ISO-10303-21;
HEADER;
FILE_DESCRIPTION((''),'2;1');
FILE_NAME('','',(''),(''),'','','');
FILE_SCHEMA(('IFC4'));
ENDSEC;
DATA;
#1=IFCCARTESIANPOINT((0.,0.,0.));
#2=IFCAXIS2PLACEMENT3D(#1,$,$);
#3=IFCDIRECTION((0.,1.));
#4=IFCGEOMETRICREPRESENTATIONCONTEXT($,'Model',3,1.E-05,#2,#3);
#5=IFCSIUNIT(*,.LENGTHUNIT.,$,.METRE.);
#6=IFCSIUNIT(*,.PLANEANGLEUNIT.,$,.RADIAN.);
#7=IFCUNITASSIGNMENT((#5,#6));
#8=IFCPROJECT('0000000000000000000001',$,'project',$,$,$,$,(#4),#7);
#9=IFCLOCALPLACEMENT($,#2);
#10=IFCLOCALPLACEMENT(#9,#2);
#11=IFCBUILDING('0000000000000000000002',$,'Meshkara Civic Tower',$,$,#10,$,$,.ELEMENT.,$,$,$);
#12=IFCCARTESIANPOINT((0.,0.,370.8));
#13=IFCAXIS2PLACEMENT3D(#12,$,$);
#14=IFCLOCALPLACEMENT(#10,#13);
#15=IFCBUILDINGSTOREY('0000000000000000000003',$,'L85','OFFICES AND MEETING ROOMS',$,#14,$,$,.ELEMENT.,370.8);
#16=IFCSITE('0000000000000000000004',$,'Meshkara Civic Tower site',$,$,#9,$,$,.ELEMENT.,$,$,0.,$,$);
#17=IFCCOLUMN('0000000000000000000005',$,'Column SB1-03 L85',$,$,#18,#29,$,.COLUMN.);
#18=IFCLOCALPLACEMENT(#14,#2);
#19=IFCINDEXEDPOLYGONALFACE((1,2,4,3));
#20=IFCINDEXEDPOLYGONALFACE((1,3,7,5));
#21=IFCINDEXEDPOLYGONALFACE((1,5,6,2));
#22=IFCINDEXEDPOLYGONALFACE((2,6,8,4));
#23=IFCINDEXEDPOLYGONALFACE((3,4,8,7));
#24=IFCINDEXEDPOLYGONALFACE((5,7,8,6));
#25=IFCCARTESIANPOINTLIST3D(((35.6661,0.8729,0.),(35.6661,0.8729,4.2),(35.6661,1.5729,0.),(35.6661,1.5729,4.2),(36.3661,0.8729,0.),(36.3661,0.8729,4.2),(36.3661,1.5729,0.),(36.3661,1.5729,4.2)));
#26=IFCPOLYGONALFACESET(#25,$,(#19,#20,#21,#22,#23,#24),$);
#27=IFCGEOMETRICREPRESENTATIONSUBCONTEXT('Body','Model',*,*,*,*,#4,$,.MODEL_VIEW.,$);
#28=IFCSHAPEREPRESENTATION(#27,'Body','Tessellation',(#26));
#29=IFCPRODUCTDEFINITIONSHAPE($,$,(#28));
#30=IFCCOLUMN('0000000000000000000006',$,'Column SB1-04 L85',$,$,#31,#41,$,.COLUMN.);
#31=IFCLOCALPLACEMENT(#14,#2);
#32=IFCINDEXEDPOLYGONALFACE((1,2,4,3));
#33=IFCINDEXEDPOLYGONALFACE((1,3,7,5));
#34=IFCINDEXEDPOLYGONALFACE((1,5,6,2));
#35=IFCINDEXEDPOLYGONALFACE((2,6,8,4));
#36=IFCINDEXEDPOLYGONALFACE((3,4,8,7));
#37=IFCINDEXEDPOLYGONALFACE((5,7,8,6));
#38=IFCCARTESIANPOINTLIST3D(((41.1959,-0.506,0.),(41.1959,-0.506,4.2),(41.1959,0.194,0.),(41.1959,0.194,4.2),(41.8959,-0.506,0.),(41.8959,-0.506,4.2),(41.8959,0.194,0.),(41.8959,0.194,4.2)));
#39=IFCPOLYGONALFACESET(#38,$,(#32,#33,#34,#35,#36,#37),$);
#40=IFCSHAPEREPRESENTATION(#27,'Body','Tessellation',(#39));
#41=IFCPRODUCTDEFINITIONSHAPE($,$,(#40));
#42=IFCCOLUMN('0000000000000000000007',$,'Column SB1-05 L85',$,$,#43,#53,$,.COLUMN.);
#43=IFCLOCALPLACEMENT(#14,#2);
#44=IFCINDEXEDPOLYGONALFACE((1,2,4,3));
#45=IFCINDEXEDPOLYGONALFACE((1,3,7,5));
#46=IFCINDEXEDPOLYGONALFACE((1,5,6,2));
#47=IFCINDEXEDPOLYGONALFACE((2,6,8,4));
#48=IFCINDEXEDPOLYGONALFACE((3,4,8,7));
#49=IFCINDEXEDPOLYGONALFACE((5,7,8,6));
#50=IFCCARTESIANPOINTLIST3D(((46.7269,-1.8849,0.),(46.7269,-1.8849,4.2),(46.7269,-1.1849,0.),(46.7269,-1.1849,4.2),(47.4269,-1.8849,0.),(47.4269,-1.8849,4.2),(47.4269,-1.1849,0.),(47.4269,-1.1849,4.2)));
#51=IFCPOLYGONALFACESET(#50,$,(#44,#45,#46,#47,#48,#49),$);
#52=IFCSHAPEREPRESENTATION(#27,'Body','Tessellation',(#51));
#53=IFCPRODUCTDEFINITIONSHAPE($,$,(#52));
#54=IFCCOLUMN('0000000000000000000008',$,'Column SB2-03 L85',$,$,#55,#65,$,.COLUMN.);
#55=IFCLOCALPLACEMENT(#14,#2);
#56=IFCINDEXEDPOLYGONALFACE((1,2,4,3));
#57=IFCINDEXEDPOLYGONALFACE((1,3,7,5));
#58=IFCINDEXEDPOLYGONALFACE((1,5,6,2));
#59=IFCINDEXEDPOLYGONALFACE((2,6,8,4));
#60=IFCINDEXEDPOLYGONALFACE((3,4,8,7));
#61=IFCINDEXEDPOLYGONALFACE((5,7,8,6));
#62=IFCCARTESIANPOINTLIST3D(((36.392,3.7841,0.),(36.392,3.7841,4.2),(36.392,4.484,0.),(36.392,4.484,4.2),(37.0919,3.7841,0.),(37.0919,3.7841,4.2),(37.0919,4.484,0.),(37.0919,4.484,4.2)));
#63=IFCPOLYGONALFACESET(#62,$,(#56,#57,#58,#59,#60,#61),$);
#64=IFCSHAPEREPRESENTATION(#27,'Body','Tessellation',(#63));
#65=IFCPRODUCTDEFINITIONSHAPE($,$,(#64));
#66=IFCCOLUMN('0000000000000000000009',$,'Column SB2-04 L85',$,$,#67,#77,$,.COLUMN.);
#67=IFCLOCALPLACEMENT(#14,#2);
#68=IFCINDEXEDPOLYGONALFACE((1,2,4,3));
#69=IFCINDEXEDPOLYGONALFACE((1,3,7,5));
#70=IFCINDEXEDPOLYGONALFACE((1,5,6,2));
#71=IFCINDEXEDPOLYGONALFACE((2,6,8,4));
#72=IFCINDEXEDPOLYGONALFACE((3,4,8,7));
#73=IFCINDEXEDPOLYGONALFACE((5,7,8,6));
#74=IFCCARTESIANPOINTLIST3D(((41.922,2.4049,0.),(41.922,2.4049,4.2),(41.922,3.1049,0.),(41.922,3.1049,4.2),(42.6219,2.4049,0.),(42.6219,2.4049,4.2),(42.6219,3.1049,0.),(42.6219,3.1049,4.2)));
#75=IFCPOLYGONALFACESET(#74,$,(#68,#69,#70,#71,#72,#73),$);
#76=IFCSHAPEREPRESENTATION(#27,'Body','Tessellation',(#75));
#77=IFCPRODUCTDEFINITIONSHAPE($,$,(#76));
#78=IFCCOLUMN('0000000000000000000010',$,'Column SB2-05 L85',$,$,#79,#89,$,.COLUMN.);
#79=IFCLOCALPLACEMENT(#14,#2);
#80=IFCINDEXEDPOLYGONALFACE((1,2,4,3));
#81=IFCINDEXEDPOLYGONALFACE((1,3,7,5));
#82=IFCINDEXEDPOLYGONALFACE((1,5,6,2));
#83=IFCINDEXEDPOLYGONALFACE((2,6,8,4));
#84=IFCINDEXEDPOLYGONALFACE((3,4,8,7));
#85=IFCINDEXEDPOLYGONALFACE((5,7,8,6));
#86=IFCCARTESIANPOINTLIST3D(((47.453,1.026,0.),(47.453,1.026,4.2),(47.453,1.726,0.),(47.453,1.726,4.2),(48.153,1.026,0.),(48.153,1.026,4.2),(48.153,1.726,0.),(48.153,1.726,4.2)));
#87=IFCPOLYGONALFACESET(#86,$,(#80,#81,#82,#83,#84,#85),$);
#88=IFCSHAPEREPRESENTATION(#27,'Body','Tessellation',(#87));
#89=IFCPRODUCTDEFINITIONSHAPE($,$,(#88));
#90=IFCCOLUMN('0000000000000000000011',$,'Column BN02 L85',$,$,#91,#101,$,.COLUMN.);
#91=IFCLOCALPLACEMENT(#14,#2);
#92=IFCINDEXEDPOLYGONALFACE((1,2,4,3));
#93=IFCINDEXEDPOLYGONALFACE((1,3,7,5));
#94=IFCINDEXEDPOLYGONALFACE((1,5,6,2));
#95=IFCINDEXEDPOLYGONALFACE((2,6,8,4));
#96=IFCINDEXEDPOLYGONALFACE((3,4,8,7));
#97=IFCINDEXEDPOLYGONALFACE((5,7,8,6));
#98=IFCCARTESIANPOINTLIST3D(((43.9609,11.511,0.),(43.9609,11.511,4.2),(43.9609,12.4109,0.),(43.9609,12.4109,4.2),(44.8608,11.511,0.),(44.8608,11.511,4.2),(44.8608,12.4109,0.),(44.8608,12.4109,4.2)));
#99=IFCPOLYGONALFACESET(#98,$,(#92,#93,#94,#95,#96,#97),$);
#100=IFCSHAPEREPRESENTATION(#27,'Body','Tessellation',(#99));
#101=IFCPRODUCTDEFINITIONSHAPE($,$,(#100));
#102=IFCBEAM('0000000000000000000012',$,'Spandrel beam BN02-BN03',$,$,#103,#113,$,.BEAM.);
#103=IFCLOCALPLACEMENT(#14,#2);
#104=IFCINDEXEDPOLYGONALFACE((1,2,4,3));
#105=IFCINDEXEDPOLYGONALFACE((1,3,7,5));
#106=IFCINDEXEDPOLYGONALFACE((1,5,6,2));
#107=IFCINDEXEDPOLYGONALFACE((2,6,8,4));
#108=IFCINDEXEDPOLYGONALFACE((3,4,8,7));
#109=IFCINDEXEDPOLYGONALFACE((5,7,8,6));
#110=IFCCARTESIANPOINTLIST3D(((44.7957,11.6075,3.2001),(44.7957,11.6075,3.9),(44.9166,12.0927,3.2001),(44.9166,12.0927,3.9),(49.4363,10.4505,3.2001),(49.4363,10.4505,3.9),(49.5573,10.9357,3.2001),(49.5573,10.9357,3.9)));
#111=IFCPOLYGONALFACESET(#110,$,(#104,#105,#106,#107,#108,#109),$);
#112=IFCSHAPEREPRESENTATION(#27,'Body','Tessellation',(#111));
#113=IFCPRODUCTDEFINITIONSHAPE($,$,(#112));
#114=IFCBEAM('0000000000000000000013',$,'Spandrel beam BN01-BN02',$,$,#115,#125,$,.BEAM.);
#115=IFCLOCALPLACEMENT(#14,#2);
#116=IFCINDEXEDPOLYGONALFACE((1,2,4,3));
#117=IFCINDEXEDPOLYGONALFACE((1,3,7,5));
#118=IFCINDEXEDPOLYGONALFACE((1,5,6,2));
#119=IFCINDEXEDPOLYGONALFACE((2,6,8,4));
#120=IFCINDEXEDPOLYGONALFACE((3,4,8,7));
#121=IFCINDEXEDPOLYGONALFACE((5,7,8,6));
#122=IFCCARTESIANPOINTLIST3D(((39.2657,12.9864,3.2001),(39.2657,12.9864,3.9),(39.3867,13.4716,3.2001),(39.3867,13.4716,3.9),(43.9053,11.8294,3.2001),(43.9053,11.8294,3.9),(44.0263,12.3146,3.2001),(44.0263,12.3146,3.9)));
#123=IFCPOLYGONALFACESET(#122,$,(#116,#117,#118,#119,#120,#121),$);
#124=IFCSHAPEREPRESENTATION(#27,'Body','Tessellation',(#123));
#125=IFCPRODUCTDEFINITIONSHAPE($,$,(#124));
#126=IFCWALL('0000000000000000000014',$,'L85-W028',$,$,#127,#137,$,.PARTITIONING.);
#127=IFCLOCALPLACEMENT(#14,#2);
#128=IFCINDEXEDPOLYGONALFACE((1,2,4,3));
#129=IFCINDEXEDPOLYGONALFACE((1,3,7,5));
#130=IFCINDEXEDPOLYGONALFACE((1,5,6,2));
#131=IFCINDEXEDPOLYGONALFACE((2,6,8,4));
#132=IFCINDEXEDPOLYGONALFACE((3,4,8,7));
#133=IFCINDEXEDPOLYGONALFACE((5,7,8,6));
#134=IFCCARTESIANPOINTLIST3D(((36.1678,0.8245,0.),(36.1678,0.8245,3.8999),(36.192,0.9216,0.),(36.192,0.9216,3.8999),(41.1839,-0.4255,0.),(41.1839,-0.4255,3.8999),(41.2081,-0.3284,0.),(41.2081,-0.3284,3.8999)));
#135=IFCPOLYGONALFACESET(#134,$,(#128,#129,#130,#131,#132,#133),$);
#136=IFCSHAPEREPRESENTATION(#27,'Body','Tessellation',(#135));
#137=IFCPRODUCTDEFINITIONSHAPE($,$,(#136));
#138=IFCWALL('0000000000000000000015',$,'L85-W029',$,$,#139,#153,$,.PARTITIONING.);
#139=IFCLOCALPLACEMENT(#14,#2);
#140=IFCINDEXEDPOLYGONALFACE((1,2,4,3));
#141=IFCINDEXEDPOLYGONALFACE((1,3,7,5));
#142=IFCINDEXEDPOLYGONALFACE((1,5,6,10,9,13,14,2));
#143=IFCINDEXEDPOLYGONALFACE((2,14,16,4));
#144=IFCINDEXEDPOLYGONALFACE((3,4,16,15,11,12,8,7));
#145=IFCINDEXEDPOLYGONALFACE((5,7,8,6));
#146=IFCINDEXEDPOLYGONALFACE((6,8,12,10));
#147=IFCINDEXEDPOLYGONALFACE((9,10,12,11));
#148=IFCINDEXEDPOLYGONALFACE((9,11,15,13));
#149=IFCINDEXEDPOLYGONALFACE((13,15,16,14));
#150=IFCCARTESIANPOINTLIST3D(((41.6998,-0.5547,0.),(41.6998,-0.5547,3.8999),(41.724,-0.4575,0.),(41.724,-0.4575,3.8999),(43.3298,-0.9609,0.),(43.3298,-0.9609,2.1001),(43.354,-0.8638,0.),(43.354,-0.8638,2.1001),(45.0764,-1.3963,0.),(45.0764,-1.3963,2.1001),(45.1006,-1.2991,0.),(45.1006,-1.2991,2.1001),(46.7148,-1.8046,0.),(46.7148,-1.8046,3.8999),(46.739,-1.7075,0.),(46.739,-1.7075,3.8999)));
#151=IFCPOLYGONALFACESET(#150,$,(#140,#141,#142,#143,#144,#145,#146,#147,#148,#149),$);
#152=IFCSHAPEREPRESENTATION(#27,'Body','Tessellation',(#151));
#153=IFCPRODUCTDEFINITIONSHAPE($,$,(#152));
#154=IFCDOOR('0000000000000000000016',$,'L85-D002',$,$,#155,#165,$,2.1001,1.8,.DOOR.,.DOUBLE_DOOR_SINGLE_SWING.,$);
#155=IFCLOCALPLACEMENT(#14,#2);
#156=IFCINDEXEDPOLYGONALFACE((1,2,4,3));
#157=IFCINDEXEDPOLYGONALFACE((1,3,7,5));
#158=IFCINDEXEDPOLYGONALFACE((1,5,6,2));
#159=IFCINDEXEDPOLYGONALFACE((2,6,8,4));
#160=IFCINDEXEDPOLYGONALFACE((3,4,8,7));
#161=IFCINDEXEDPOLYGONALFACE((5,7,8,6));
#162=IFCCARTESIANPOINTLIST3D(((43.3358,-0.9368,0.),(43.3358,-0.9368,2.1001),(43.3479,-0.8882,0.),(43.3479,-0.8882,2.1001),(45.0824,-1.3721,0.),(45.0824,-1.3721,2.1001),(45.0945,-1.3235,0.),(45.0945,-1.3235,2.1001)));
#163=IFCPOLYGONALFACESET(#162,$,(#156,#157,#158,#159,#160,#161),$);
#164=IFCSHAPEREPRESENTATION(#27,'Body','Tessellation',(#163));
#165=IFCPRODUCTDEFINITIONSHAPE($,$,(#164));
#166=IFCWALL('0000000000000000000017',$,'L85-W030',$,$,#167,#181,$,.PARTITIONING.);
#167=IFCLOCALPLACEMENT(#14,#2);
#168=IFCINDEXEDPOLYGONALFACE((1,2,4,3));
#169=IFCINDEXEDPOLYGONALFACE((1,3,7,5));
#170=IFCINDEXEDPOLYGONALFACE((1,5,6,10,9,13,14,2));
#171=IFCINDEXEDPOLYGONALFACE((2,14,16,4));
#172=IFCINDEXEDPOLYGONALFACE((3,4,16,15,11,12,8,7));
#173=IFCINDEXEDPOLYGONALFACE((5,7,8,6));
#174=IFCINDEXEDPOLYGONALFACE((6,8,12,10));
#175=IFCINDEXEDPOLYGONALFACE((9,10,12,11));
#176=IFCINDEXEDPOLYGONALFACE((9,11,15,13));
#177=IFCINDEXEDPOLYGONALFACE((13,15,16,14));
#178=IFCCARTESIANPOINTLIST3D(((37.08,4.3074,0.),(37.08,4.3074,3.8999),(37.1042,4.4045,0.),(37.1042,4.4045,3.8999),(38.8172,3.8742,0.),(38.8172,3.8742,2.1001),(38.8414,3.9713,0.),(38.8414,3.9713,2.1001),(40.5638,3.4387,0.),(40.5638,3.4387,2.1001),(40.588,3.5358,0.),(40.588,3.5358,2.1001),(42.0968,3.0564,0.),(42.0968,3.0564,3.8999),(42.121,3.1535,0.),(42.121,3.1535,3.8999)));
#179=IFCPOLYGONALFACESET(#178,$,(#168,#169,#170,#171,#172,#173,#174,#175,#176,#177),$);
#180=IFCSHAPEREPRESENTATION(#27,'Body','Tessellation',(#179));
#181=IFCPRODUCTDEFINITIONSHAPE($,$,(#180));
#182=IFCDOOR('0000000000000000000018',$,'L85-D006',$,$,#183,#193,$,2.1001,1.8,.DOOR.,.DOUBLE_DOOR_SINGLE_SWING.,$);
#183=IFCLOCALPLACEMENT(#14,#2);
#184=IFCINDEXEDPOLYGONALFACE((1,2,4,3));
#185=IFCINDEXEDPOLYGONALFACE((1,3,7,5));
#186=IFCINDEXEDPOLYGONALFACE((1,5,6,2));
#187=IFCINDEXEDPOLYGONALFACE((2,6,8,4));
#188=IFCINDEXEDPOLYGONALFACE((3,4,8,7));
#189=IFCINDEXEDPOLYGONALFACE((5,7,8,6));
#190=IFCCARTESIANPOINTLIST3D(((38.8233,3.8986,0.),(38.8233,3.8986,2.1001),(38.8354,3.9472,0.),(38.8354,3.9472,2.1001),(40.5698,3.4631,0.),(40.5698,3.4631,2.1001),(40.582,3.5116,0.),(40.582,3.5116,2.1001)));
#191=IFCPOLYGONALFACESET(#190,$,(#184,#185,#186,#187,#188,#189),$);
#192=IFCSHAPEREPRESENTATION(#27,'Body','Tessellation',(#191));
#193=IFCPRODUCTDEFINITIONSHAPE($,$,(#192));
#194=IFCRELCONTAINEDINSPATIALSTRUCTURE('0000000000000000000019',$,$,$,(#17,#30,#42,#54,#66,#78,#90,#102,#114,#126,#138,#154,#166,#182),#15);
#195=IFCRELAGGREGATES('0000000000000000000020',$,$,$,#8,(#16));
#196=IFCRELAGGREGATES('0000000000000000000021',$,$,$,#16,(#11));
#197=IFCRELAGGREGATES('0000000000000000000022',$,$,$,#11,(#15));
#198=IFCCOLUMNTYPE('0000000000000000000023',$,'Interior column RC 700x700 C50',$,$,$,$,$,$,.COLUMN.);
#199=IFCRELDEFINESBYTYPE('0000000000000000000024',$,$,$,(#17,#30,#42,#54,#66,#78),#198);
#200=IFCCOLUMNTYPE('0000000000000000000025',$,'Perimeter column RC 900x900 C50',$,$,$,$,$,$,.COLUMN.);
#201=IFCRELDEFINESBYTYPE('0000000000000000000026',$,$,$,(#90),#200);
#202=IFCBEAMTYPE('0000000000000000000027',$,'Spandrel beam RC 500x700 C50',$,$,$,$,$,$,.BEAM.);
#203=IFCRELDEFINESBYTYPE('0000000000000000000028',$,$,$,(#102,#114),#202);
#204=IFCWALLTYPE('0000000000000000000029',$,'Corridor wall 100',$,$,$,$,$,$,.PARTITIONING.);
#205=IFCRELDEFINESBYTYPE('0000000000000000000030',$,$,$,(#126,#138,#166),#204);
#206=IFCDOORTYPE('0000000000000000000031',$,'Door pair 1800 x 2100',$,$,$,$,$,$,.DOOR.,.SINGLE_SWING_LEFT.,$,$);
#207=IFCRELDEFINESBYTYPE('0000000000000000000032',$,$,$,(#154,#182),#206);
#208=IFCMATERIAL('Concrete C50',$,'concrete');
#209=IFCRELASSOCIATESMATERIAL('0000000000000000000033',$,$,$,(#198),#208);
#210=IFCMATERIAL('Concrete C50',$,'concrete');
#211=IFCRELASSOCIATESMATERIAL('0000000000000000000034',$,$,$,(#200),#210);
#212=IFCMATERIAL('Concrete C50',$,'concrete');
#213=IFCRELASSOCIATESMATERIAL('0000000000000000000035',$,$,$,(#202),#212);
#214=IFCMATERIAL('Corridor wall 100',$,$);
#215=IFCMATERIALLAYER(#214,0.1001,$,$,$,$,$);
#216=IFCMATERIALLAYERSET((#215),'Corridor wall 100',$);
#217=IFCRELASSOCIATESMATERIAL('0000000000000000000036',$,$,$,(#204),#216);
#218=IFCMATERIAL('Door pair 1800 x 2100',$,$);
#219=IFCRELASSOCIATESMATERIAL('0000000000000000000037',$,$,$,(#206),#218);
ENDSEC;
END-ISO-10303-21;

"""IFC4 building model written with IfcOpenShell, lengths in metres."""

from ifc_helpers import new_model, si_unit, direction, frame, frame_2d, origin, origin_2d, place, context, subcontext, project, spatial, rectangle, extrude, material, layer, layer_set, material_profile, profile_set, type_object, element, fill, save


model = new_model("IFC4")

# Units and contexts
model_context = context("Model", 3, precision=1e-05, world=origin(), true_north=direction((0.0, 1.0)))
body_context = subcontext(model_context, "Body", "Model", "MODEL_VIEW")
ifc_project = project(units=[si_unit("LENGTHUNIT", "METRE"), si_unit("PLANEANGLEUNIT", "RADIAN")], contexts=[model_context])

# Site, building, storey
site_placement = place(None, origin())
site = spatial("IfcSite", under=ifc_project, at=site_placement, Name="Meshkara Civic Tower site", CompositionType="ELEMENT", RefElevation=0.0)
building_placement = place(site_placement, origin())
building = spatial("IfcBuilding", under=site, at=building_placement, Name="Meshkara Civic Tower", CompositionType="ELEMENT")
storey_placement = place(building_placement, frame((0.0, 0.0, 370.8)))
storey = spatial("IfcBuildingStorey", under=building, at=storey_placement, Name="L85", Description="OFFICES AND MEETING ROOMS", CompositionType="ELEMENT", Elevation=370.8)

# Columns
ifc_material_1 = material(Name="Concrete C50", Category="concrete")
ifc_material_profile_1 = material_profile(ifc_material_1, rectangle(XDim=0.7, YDim=0.7, at=origin_2d()))
ifc_profile_set_1 = profile_set([ifc_material_profile_1], Name="Concrete C50")
column_type_1 = type_object("IfcColumnType", Name="Interior column RC 700x700 C50", PredefinedType="COLUMN", material=ifc_profile_set_1)
for number, where, z_axis, x_axis, name in (
    (1, (36.0161, 1.2229, 0.0), (0.0, 0.0, 1.0), (1.0, 0.0, 0.0), "Column SB1-03 L85"),
    (2, (41.5459, -0.156, 0.0), (0.0, 0.0, 1.0), (1.0, 0.0, 0.0), "Column SB1-04 L85"),
    (3, (47.0769, -1.5349, 0.0), (0.0, 0.0, 1.0), (1.0, 0.0, 0.0), "Column SB1-05 L85"),
    (4, (36.7419, 4.134, 0.0), (0.0, 0.0, 1.0), (1.0, 0.0, 0.0), "Column SB2-03 L85"),
    (5, (42.272, 2.7549, 0.0), (0.0, 0.0, 1.0), (1.0, 0.0, 0.0), "Column SB2-04 L85"),
    (6, (47.803, 1.376, 0.0), (0.0, 0.0, 1.0), (1.0, 0.0, 0.0), "Column SB2-05 L85"),
):
    element("IfcColumn", number, at=place(storey_placement, frame(where, z_axis=z_axis, x_axis=x_axis)), inside=storey, type_object=column_type_1, Name=name, PredefinedType="COLUMN", context=body_context, shape_type="SweptSolid", body=[
        extrude(rectangle(XDim=0.7, YDim=0.7, at=origin_2d()), origin(), (0.0, 0.0, 1.0), 4.2),
    ])
ifc_material_2 = material(Name="Concrete C50", Category="concrete")
ifc_material_profile_2 = material_profile(ifc_material_2, rectangle(XDim=0.8999, YDim=0.8999, at=origin_2d()))
ifc_profile_set_2 = profile_set([ifc_material_profile_2], Name="Concrete C50")
column_type_2 = type_object("IfcColumnType", Name="Perimeter column RC 900x900 C50", PredefinedType="COLUMN", material=ifc_profile_set_2)
column_placement = place(storey_placement, frame((44.4109, 11.9609, 0.0), z_axis=(0.0, 0.0, 1.0), x_axis=(1.0, 0.0, 0.0)))
element("IfcColumn", 7, at=column_placement, inside=storey, type_object=column_type_2, Name="Column BN02 L85", PredefinedType="COLUMN", context=body_context, shape_type="SweptSolid", body=[
    extrude(rectangle(XDim=0.8999, YDim=0.8999, at=origin_2d()), origin(), (0.0, 0.0, 1.0), 4.2),
])

# Beams
ifc_material_3 = material(Name="Concrete C50", Category="concrete")
ifc_material_profile_3 = material_profile(ifc_material_3, rectangle(XDim=0.5, YDim=0.7, at=origin_2d()))
ifc_profile_set_3 = profile_set([ifc_material_profile_3], Name="Concrete C50")
beam_type = type_object("IfcBeamType", Name="Spandrel beam RC 500x700 C50", PredefinedType="BEAM", material=ifc_profile_set_3)
beam_1_placement = place(storey_placement, frame((49.4968, 10.6931, 3.55), z_axis=(-0.970298, 0.241911, 0.0), x_axis=(-0.241911, -0.970298, 0.0)))
element("IfcBeam", 8, at=beam_1_placement, inside=storey, type_object=beam_type, Name="Spandrel beam BN02-BN03", PredefinedType="BEAM", context=body_context, shape_type="SweptSolid", body=[
    extrude(rectangle(XDim=0.5, YDim=0.7, at=origin_2d()), origin(), (0.0, 0.0, 1.0), 4.7827),
])
beam_2_placement = place(storey_placement, frame((43.9658, 12.072, 3.55), z_axis=(-0.970286, 0.241959, 0.0), x_axis=(-0.241959, -0.970286, 0.0)))
element("IfcBeam", 9, at=beam_2_placement, inside=storey, type_object=beam_type, Name="Spandrel beam BN01-BN02", PredefinedType="BEAM", context=body_context, shape_type="SweptSolid", body=[
    extrude(rectangle(XDim=0.5, YDim=0.7, at=origin_2d()), origin(), (0.0, 0.0, 1.0), 4.7817),
])

# Wall
ifc_material_4 = material(Name="Corridor wall 100")
ifc_layer_1 = layer(ifc_material_4, 0.1001)
ifc_layer_set_1 = layer_set([ifc_layer_1], Name="Corridor wall 100")
wall_type_1 = type_object("IfcWallType", Name="Corridor wall 100", PredefinedType="PARTITIONING", material=ifc_layer_set_1)
wall_1_placement = place(storey_placement, frame((36.1799, 0.873, 0.0), z_axis=(0.0, 0.0, 1.0), x_axis=(0.970326, -0.241802, 0.0)))
element("IfcWall", 10, at=wall_1_placement, inside=storey, type_object=wall_type_1, Name="L85-W028", PredefinedType="PARTITIONING", context=body_context, shape_type="SweptSolid", body=[
    extrude(rectangle(XDim=5.1694, YDim=0.1001, at=frame_2d((2.5847, 0.0))), origin(), (0.0, 0.0, 1.0), 3.8999),
])

# Walls, openings, doors
wall_2_placement = place(storey_placement, frame((41.7119, -0.5061, 0.0), z_axis=(0.0, 0.0, 1.0), x_axis=(0.970315, -0.241846, 0.0)))
wall_2 = element("IfcWall", 11, at=wall_2_placement, inside=storey, type_object=wall_type_1, Name="L85-W029", PredefinedType="PARTITIONING", context=body_context, shape_type="SweptSolid", body=[
    extrude(rectangle(XDim=5.1685, YDim=0.1001, at=frame_2d((2.5842, 0.0))), origin(), (0.0, 0.0, 1.0), 3.8999),
])
opening_1_placement = place(wall_2_placement, frame((1.6799, 0.0, 0.0)))
opening_1 = element("IfcOpeningElement", 12, at=opening_1_placement, cuts=wall_2, PredefinedType="OPENING", context=body_context, shape_type="SweptSolid", body=[
    extrude(rectangle(XDim=1.8, YDim=2.1001, at=frame_2d((0.8999, 1.05))), frame((0.0, 0.0601, 0.0), z_axis=(0.0, -1.0, 0.0), x_axis=(1.0, 0.0, 0.0)), (0.0, 0.0, 1.0), 0.1201),
])
ifc_material_5 = material(Name="Door pair 1800 x 2100")
door_type_1 = type_object("IfcDoorType", Name="Door pair 1800 x 2100", OperationType="SINGLE_SWING_LEFT", PredefinedType="DOOR", material=ifc_material_5)
door_1_placement = place(opening_1_placement, origin())
door_1 = element("IfcDoor", 13, at=door_1_placement, inside=storey, type_object=door_type_1, Name="L85-D002", OperationType="DOUBLE_DOOR_SINGLE_SWING", OverallHeight=2.1001, OverallWidth=1.8, PredefinedType="DOOR", context=body_context, shape_type="SweptSolid", body=[
    extrude(rectangle(XDim=1.8, YDim=2.1001, at=frame_2d((0.8999, 1.05))), frame((0.0, 0.0249, 0.0), z_axis=(0.0, -1.0, 0.0), x_axis=(1.0, 0.0, 0.0)), (0.0, 0.0, 1.0), 0.05),
])
fill(opening_1, door_1)
wall_3_placement = place(storey_placement, frame((42.1089, 3.105, 0.0), z_axis=(0.0, 0.0, 1.0), x_axis=(-0.97029, 0.241947, 0.0)))
wall_3 = element("IfcWall", 14, at=wall_3_placement, inside=storey, type_object=wall_type_1, Name="L85-W030", PredefinedType="PARTITIONING", context=body_context, shape_type="SweptSolid", body=[
    extrude(rectangle(XDim=5.1704, YDim=0.1001, at=frame_2d((2.5852, 0.0))), origin(), (0.0, 0.0, 1.0), 3.8999),
])
opening_2_placement = place(wall_3_placement, frame((1.5801, 0.0, 0.0)))
opening_2 = element("IfcOpeningElement", 15, at=opening_2_placement, cuts=wall_3, PredefinedType="OPENING", context=body_context, shape_type="SweptSolid", body=[
    extrude(rectangle(XDim=1.8, YDim=2.1001, at=frame_2d((0.8999, 1.05))), frame((0.0, 0.0601, 0.0), z_axis=(0.0, -1.0, 0.0), x_axis=(1.0, 0.0, 0.0)), (0.0, 0.0, 1.0), 0.1201),
])
door_2_placement = place(opening_2_placement, origin())
door_2 = element("IfcDoor", 16, at=door_2_placement, inside=storey, type_object=door_type_1, Name="L85-D006", OperationType="DOUBLE_DOOR_SINGLE_SWING", OverallHeight=2.1001, OverallWidth=1.8, PredefinedType="DOOR", context=body_context, shape_type="SweptSolid", body=[
    extrude(rectangle(XDim=1.8, YDim=2.1001, at=frame_2d((0.8999, 1.05))), frame((0.0, 0.0249, 0.0), z_axis=(0.0, -1.0, 0.0), x_axis=(1.0, 0.0, 0.0)), (0.0, 0.0, 1.0), 0.05),
])
fill(opening_2, door_2)

save(model, "model.ifc")
